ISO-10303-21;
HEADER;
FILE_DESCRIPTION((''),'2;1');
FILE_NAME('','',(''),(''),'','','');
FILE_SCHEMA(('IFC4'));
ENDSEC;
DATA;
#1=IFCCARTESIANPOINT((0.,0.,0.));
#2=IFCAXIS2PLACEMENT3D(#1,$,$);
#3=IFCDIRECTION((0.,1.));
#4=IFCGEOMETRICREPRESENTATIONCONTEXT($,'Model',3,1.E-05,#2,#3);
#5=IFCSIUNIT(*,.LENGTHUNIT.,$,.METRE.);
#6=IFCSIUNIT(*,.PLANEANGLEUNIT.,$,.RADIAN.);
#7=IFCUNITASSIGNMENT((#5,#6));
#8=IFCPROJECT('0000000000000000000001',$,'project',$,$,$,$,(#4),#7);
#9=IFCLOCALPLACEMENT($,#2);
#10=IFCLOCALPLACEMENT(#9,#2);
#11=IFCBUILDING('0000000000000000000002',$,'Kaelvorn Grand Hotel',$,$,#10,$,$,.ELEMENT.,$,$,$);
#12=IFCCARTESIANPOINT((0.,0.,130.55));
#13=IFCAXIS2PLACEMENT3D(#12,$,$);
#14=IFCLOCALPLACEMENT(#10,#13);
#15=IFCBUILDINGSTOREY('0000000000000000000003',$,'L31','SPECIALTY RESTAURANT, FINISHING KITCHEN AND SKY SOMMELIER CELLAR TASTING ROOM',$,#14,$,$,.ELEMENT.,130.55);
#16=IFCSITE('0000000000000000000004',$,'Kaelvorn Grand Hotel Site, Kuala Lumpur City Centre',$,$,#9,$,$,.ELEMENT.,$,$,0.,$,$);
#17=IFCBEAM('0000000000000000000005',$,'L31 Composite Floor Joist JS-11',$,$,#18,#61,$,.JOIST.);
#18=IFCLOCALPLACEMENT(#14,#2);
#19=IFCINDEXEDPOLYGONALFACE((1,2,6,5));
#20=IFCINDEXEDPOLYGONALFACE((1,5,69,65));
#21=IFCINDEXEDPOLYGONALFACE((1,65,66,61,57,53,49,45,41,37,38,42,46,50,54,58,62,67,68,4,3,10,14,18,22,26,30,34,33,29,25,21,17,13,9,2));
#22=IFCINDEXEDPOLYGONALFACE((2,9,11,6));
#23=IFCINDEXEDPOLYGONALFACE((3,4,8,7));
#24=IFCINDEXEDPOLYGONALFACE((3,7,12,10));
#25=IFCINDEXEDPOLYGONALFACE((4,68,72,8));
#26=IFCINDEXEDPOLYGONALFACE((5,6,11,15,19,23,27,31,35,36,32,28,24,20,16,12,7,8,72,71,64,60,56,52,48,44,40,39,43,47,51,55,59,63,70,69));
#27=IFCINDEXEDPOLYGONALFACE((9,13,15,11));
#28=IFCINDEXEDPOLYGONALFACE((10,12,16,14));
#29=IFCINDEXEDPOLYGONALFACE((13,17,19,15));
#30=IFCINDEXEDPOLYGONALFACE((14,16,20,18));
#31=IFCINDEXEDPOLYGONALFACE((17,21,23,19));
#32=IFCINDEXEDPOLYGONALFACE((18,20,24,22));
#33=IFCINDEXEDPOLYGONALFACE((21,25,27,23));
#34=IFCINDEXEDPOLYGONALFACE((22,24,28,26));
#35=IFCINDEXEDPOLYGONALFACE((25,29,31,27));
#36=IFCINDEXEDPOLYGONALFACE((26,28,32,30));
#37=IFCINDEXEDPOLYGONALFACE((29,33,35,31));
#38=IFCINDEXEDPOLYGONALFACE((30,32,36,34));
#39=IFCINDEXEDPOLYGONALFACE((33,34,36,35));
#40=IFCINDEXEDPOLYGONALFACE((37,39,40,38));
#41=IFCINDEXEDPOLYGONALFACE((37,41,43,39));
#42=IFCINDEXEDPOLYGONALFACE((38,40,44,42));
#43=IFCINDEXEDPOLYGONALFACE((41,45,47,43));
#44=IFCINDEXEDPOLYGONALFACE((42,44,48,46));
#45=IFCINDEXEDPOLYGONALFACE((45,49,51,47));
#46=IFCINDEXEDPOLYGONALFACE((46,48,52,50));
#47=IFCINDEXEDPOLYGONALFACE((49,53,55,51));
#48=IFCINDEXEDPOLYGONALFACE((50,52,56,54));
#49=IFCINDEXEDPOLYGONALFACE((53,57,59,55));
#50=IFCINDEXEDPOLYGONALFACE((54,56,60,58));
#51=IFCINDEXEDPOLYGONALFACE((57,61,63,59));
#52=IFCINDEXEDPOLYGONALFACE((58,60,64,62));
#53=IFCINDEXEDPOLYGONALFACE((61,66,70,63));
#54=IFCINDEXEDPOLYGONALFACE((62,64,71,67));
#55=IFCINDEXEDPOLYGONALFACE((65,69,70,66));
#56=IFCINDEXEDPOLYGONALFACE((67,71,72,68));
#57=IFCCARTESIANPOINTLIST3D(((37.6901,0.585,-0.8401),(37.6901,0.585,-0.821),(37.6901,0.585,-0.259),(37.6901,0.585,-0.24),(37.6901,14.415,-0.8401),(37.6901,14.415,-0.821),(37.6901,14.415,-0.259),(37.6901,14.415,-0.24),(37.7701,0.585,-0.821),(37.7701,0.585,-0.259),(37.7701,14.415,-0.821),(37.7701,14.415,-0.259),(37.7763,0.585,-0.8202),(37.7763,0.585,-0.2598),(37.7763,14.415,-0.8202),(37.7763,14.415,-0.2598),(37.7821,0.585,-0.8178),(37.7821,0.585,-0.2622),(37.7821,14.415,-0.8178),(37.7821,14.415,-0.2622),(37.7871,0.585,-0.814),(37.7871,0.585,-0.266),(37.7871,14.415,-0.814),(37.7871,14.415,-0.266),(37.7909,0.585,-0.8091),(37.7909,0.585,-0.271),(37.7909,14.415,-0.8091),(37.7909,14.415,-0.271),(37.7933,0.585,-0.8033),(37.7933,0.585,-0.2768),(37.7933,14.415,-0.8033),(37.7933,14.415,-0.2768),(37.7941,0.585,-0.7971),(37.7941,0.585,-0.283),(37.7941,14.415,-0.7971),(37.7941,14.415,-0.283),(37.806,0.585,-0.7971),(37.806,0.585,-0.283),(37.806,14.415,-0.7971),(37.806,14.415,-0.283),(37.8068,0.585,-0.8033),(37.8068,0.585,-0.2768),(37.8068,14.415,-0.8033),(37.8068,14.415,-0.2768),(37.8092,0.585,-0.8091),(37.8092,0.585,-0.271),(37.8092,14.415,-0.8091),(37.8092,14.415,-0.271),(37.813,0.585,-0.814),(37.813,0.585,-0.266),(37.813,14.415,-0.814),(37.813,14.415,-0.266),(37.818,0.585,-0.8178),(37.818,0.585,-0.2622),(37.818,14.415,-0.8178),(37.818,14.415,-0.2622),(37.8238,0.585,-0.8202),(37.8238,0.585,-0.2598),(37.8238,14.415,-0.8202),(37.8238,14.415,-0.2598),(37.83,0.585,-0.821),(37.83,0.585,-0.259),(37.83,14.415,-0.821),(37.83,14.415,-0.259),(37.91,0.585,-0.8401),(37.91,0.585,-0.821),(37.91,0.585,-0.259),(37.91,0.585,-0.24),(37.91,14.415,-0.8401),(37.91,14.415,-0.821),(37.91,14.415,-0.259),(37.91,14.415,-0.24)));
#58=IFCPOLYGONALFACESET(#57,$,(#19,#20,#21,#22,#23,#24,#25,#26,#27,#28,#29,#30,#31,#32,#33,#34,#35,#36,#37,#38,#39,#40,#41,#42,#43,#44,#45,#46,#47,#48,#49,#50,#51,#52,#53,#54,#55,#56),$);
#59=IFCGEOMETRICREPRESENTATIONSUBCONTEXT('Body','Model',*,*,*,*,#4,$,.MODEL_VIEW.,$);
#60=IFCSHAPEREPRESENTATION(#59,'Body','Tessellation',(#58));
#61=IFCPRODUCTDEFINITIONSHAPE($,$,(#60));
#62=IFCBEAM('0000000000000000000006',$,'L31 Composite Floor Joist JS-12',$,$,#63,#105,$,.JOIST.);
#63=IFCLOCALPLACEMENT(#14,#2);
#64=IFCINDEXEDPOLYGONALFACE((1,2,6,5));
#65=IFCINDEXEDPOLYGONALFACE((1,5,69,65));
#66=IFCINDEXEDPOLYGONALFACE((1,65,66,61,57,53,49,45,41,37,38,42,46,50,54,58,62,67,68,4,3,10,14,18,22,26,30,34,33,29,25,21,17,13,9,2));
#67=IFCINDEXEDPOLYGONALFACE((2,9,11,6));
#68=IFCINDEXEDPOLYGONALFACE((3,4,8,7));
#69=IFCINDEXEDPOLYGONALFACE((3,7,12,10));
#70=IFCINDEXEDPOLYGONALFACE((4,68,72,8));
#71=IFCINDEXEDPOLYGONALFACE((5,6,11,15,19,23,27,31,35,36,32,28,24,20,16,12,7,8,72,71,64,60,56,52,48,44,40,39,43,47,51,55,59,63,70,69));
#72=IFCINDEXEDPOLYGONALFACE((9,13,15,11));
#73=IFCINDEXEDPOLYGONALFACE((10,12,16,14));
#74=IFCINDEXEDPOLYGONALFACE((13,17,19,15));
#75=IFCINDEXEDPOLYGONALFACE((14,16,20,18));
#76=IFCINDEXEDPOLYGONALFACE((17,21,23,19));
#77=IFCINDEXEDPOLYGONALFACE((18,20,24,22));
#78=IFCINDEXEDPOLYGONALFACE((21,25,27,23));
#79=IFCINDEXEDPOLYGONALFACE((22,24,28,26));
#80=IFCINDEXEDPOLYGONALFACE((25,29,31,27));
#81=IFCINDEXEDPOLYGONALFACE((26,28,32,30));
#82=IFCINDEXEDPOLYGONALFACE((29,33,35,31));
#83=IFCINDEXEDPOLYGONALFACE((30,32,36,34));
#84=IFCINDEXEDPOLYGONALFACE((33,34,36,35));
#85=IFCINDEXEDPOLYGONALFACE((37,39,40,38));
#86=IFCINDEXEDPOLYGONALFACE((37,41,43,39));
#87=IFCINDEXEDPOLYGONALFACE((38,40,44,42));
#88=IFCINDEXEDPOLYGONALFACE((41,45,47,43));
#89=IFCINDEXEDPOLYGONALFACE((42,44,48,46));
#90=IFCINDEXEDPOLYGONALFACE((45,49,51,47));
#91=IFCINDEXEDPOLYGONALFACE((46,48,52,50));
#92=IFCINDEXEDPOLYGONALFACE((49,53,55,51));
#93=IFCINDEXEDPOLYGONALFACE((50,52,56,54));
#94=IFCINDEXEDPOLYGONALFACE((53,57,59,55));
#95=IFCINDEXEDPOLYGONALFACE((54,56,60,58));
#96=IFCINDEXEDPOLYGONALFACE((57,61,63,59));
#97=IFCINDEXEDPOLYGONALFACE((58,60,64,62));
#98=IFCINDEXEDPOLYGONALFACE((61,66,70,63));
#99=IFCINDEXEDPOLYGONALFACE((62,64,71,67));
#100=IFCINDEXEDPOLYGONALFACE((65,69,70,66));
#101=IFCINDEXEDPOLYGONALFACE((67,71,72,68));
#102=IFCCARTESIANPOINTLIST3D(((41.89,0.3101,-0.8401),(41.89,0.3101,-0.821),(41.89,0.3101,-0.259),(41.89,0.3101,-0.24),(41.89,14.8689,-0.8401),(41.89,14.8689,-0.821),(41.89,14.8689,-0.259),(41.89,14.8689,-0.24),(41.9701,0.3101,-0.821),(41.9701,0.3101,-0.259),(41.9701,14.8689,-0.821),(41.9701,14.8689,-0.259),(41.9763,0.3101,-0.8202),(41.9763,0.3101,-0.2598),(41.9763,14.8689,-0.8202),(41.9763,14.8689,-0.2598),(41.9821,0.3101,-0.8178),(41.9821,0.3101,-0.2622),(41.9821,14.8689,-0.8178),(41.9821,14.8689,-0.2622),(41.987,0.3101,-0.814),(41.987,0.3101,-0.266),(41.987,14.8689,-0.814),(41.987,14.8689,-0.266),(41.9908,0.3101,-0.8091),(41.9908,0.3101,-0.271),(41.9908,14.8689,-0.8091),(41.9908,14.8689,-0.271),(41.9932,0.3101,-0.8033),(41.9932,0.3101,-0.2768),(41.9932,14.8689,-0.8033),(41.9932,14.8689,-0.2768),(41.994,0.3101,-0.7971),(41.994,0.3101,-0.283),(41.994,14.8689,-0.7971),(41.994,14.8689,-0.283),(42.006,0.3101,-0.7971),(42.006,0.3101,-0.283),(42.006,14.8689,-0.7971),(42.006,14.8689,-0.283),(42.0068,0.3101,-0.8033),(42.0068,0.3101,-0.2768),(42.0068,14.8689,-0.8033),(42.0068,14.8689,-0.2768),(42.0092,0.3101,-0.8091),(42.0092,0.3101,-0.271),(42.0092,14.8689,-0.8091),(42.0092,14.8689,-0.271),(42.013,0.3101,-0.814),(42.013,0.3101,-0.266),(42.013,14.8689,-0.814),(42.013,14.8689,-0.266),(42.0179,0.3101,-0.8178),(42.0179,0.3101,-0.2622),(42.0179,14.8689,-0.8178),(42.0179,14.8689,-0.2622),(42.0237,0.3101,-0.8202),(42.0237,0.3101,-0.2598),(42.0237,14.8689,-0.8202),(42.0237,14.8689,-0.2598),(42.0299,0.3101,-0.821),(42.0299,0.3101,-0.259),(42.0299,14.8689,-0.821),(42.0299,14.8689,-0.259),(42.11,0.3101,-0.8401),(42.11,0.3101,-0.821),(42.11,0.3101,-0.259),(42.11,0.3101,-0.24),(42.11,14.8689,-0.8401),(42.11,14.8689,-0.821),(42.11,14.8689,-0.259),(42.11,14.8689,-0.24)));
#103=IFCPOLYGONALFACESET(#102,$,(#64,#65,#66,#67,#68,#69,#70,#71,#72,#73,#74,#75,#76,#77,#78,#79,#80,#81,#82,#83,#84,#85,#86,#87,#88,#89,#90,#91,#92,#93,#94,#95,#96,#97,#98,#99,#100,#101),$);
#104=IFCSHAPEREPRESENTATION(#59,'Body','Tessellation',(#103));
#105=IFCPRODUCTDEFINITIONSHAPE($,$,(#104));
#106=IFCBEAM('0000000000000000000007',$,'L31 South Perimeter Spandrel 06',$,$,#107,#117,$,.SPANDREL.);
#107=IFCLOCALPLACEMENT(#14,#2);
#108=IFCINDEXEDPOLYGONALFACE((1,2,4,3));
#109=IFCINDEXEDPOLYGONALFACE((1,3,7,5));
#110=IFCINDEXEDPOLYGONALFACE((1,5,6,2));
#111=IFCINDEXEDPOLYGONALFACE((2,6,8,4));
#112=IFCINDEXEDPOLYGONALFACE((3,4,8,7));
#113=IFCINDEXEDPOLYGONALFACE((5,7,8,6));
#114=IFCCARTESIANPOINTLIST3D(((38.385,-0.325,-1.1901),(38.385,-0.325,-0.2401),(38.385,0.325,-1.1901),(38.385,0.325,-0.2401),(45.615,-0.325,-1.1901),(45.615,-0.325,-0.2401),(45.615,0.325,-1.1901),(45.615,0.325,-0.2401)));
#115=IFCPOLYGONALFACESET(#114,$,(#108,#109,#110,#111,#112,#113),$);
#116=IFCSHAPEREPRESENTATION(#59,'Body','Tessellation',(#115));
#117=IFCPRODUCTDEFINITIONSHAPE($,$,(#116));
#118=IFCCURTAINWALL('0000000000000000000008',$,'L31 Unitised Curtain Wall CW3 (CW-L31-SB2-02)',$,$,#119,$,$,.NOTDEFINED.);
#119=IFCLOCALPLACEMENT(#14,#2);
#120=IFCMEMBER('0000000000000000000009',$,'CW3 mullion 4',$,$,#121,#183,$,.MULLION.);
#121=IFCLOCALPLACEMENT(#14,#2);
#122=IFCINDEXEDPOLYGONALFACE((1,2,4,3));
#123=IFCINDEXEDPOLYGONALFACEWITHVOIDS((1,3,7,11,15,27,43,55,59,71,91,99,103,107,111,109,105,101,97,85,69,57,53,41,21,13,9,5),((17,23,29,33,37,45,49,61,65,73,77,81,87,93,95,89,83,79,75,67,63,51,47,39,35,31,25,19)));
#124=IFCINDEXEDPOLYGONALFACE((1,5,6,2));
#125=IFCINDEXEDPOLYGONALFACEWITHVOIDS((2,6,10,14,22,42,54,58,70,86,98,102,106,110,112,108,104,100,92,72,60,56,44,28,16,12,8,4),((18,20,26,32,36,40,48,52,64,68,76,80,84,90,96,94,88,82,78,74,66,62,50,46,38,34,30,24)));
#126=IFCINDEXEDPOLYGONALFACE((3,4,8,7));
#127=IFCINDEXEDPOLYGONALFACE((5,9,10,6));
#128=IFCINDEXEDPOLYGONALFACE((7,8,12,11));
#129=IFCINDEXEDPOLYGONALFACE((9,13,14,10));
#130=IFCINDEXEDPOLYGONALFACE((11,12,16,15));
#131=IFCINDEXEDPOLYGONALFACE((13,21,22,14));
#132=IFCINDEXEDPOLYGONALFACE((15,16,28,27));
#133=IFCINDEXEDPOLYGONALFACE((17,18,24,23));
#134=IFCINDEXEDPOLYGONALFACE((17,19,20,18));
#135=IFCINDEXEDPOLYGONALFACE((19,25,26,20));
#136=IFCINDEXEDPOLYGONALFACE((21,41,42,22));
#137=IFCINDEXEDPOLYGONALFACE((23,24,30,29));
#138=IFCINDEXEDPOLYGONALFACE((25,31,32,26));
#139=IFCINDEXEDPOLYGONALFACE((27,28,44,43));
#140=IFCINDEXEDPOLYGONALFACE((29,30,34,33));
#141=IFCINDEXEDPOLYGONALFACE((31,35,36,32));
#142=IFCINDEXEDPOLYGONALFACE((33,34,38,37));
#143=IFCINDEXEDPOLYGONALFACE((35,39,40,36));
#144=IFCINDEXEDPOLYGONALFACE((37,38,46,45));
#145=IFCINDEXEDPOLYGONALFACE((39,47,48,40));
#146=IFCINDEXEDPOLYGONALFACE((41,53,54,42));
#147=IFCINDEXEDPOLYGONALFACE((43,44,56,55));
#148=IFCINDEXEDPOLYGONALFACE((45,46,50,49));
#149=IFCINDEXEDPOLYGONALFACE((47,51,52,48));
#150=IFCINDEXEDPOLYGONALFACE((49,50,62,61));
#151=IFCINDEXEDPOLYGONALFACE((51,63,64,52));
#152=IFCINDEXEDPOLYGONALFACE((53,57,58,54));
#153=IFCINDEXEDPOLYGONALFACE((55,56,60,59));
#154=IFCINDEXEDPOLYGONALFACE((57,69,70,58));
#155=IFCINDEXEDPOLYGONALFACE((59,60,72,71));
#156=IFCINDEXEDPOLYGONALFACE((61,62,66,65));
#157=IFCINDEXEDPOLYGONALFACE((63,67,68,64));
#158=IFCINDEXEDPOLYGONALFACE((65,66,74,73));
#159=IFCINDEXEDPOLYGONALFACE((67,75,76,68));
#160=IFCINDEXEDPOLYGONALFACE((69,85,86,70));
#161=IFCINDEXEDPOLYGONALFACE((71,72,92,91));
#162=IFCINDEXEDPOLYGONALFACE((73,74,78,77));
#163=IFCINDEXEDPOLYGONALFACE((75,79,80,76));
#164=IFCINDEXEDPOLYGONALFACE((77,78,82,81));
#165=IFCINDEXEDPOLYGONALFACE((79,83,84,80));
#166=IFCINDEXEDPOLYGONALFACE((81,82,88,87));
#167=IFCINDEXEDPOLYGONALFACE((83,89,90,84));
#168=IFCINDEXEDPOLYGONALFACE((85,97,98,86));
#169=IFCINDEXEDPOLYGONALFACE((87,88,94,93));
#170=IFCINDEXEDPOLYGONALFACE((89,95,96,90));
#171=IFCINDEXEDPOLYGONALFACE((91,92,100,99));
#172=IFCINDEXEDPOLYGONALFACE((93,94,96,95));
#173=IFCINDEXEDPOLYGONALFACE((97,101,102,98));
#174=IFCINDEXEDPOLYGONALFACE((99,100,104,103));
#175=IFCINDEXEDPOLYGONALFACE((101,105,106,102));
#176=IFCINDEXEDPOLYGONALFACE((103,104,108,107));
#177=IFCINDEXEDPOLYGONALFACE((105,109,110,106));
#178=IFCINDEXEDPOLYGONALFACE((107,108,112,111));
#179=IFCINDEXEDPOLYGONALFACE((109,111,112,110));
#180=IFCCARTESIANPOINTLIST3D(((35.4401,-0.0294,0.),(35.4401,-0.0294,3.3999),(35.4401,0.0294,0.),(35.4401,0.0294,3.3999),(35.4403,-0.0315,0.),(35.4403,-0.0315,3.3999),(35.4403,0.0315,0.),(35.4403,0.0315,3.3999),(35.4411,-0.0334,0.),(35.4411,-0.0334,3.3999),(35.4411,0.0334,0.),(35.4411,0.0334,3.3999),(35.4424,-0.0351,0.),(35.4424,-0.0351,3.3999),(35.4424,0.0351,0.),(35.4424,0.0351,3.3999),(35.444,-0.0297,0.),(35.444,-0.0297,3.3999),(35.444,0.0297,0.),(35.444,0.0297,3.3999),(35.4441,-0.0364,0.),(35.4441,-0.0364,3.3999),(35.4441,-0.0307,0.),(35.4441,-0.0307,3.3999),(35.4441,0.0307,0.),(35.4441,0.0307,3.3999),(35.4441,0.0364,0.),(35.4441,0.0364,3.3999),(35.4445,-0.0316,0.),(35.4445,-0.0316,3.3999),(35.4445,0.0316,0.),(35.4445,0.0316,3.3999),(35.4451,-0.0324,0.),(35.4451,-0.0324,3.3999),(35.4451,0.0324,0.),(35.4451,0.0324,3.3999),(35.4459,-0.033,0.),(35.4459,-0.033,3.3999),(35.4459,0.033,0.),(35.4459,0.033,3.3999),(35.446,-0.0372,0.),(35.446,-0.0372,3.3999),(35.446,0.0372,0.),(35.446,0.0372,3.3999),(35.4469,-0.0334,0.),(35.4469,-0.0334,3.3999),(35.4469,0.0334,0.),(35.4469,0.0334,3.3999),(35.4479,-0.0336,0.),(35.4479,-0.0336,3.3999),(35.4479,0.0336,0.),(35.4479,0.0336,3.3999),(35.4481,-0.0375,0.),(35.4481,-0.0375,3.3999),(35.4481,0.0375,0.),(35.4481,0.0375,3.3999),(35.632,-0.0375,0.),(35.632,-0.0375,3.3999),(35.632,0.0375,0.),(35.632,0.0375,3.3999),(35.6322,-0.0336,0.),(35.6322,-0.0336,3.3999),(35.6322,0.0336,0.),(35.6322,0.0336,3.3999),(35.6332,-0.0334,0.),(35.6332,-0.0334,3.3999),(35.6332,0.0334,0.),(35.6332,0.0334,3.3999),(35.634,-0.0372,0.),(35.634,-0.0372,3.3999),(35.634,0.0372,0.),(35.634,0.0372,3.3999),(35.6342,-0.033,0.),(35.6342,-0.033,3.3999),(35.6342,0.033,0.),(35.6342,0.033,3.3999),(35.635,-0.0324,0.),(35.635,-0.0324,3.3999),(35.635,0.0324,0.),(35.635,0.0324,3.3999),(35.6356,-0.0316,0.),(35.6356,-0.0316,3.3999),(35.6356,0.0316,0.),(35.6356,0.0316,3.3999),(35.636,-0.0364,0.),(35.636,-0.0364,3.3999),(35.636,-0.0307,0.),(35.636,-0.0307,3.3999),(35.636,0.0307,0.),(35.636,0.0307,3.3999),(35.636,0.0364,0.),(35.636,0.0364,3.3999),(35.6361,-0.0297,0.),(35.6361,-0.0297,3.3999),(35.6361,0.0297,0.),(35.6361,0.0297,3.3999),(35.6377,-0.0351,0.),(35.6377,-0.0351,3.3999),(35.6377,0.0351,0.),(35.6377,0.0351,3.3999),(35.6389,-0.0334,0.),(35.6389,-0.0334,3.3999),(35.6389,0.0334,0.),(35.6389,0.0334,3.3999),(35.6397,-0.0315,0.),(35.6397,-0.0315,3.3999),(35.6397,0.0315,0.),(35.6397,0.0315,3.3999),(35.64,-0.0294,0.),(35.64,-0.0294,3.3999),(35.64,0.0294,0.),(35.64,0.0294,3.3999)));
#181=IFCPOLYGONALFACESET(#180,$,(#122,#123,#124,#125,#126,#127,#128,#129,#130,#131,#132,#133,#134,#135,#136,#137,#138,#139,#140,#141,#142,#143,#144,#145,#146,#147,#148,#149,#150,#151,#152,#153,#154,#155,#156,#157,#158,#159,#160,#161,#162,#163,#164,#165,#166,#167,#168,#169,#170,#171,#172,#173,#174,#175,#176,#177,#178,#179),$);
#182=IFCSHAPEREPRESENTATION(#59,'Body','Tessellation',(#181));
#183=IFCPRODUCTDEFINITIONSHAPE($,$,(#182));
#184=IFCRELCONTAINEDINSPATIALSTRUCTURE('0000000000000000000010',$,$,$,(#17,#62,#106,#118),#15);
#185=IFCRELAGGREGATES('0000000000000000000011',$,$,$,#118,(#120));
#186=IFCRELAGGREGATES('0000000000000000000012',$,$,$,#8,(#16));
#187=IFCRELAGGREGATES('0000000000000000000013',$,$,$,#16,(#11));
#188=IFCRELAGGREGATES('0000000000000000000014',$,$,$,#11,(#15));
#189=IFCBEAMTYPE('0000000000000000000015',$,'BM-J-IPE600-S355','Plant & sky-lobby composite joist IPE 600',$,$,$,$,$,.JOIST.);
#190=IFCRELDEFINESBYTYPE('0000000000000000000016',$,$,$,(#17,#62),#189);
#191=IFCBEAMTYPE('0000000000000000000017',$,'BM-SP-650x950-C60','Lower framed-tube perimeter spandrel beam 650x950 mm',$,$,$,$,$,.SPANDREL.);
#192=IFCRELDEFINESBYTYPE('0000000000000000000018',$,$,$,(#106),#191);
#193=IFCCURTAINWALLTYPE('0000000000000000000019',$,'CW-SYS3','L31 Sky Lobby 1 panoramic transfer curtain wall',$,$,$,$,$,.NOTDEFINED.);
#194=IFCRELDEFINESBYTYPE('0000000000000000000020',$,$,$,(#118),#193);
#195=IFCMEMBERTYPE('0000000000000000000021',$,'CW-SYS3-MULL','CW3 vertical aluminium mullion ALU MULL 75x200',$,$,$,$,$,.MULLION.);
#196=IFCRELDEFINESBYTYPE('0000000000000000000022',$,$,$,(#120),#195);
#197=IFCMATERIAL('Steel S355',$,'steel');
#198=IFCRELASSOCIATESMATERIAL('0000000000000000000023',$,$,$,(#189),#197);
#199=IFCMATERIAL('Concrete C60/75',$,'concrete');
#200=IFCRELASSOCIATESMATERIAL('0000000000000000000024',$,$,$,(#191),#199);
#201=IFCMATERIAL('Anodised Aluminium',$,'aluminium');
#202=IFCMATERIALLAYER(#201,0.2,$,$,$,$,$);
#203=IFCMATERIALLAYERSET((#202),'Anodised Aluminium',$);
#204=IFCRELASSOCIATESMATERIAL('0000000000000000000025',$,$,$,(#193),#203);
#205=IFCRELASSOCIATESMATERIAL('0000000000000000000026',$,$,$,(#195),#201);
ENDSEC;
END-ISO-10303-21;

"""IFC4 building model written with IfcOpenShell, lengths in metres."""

from ifc_helpers import new_model, si_unit, direction, frame, origin, origin_2d, place, context, subcontext, project, spatial, rectangle, hollow_rectangle, i_section, extrude, material, layer, layer_set, material_profile, profile_set, type_object, element, aggregate, save


model = new_model("IFC4")

# Units and contexts
model_context = context("Model", 3, precision=1e-05, world=origin(), true_north=direction((0.0, 1.0)))
body_context = subcontext(model_context, "Body", "Model", "MODEL_VIEW")
ifc_project = project(units=[si_unit("LENGTHUNIT", "METRE"), si_unit("PLANEANGLEUNIT", "RADIAN")], contexts=[model_context])

# Site, building, storey
site_placement = place(None, origin())
site = spatial("IfcSite", under=ifc_project, at=site_placement, Name="Kaelvorn Grand Hotel Site, Kuala Lumpur City Centre", CompositionType="ELEMENT", RefElevation=0.0)
building_placement = place(site_placement, origin())
building = spatial("IfcBuilding", under=site, at=building_placement, Name="Kaelvorn Grand Hotel", CompositionType="ELEMENT")
storey_placement = place(building_placement, frame((0.0, 0.0, 130.55)))
storey = spatial("IfcBuildingStorey", under=building, at=storey_placement, Name="L31", Description="SPECIALTY RESTAURANT, FINISHING KITCHEN AND SKY SOMMELIER CELLAR TASTING ROOM", CompositionType="ELEMENT", Elevation=130.55)

# Shared definitions
ifc_material_1 = material(Name="Concrete C60/75", Category="concrete")

# Beams
ifc_material_2 = material(Name="Steel S355", Category="steel")
ifc_material_profile_1 = material_profile(ifc_material_2, i_section(OverallWidth=0.22, OverallDepth=0.6001, WebThickness=0.012, FlangeThickness=0.019, FilletRadius=0.0239, at=origin_2d()), Name="IPE 600")
ifc_profile_set_1 = profile_set([ifc_material_profile_1], Name="Steel S355")
beam_type_1 = type_object("IfcBeamType", Name="BM-J-IPE600-S355", Description="Plant & sky-lobby composite joist IPE 600", PredefinedType="JOIST", material=ifc_profile_set_1)
beam_1_placement = place(storey_placement, frame((37.8, 0.585, -0.54), z_axis=(0.0, 1.0, 0.0), x_axis=(-1.0, 0.0, 0.0)))
element("IfcBeam", 1, at=beam_1_placement, inside=storey, type_object=beam_type_1, Name="L31 Composite Floor Joist JS-11", PredefinedType="JOIST", context=body_context, shape_type="SweptSolid", body=[
    extrude(i_section(OverallWidth=0.22, OverallDepth=0.6001, WebThickness=0.012, FlangeThickness=0.019, FilletRadius=0.0239, at=origin_2d()), origin(), (0.0, 0.0, 1.0), 13.8301),
])
beam_2_placement = place(storey_placement, frame((42.0, 0.3101, -0.54), z_axis=(0.0, 1.0, 0.0), x_axis=(-1.0, 0.0, 0.0)))
element("IfcBeam", 2, at=beam_2_placement, inside=storey, type_object=beam_type_1, Name="L31 Composite Floor Joist JS-12", PredefinedType="JOIST", context=body_context, shape_type="SweptSolid", body=[
    extrude(i_section(OverallWidth=0.22, OverallDepth=0.6001, WebThickness=0.012, FlangeThickness=0.019, FilletRadius=0.0239, at=origin_2d()), origin(), (0.0, 0.0, 1.0), 14.5588),
])
ifc_material_profile_2 = material_profile(ifc_material_1, rectangle(XDim=0.6499, YDim=0.95, at=origin_2d()), Name="RC SPANDREL 650x950")
ifc_profile_set_2 = profile_set([ifc_material_profile_2], Name="Concrete C60/75")
beam_type_2 = type_object("IfcBeamType", Name="BM-SP-650x950-C60", Description="Lower framed-tube perimeter spandrel beam 650x950 mm", PredefinedType="SPANDREL", material=ifc_profile_set_2)
beam_3_placement = place(storey_placement, frame((38.385, 0.0, -0.7151), z_axis=(1.0, 0.0, 0.0), x_axis=(0.0, 1.0, 0.0)))
element("IfcBeam", 3, at=beam_3_placement, inside=storey, type_object=beam_type_2, Name="L31 South Perimeter Spandrel 06", PredefinedType="SPANDREL", context=body_context, shape_type="SweptSolid", body=[
    extrude(rectangle(XDim=0.6499, YDim=0.95, at=origin_2d()), origin(), (0.0, 0.0, 1.0), 7.23),
])

# Curtain wall, member
ifc_material_3 = material(Name="Anodised Aluminium", Category="aluminium")
ifc_layer_1 = layer(ifc_material_3, 0.2)
ifc_layer_set_1 = layer_set([ifc_layer_1], Name="Anodised Aluminium")
curtain_wall_type = type_object("IfcCurtainWallType", Name="CW-SYS3", Description="L31 Sky Lobby 1 panoramic transfer curtain wall", PredefinedType="NOTDEFINED", material=ifc_layer_set_1)
curtain_wall_placement = place(storey_placement, origin())
curtain_wall = element("IfcCurtainWall", 4, at=curtain_wall_placement, inside=storey, type_object=curtain_wall_type, Name="L31 Unitised Curtain Wall CW3 (CW-L31-SB2-02)", PredefinedType="NOTDEFINED")
ifc_material_profile_3 = material_profile(ifc_material_3, hollow_rectangle(XDim=0.075, YDim=0.2, WallThickness=0.0039, InnerFilletRadius=0.0039, OuterFilletRadius=0.0081, at=origin_2d()), Name="ALU MULL 75x200")
ifc_profile_set_3 = profile_set([ifc_material_profile_3], Name="Anodised Aluminium")
member_type_1 = type_object("IfcMemberType", Name="CW-SYS3-MULL", Description="CW3 vertical aluminium mullion ALU MULL 75x200", PredefinedType="MULLION", material=ifc_profile_set_3)
member_1_placement = place(storey_placement, frame((35.54, 0.0, 0.0), z_axis=(0.0, 0.0, 1.0), x_axis=(0.0, 1.0, 0.0)))
member_1 = element("IfcMember", 5, at=member_1_placement, type_object=member_type_1, Name="CW3 mullion 4", PredefinedType="MULLION", context=body_context, shape_type="SweptSolid", body=[
    extrude(hollow_rectangle(XDim=0.075, YDim=0.2, WallThickness=0.0039, InnerFilletRadius=0.0039, OuterFilletRadius=0.0081, at=origin_2d()), origin(), (0.0, 0.0, 1.0), 3.3999),
])
aggregate(curtain_wall, [member_1])

save(model, "model.ifc")
